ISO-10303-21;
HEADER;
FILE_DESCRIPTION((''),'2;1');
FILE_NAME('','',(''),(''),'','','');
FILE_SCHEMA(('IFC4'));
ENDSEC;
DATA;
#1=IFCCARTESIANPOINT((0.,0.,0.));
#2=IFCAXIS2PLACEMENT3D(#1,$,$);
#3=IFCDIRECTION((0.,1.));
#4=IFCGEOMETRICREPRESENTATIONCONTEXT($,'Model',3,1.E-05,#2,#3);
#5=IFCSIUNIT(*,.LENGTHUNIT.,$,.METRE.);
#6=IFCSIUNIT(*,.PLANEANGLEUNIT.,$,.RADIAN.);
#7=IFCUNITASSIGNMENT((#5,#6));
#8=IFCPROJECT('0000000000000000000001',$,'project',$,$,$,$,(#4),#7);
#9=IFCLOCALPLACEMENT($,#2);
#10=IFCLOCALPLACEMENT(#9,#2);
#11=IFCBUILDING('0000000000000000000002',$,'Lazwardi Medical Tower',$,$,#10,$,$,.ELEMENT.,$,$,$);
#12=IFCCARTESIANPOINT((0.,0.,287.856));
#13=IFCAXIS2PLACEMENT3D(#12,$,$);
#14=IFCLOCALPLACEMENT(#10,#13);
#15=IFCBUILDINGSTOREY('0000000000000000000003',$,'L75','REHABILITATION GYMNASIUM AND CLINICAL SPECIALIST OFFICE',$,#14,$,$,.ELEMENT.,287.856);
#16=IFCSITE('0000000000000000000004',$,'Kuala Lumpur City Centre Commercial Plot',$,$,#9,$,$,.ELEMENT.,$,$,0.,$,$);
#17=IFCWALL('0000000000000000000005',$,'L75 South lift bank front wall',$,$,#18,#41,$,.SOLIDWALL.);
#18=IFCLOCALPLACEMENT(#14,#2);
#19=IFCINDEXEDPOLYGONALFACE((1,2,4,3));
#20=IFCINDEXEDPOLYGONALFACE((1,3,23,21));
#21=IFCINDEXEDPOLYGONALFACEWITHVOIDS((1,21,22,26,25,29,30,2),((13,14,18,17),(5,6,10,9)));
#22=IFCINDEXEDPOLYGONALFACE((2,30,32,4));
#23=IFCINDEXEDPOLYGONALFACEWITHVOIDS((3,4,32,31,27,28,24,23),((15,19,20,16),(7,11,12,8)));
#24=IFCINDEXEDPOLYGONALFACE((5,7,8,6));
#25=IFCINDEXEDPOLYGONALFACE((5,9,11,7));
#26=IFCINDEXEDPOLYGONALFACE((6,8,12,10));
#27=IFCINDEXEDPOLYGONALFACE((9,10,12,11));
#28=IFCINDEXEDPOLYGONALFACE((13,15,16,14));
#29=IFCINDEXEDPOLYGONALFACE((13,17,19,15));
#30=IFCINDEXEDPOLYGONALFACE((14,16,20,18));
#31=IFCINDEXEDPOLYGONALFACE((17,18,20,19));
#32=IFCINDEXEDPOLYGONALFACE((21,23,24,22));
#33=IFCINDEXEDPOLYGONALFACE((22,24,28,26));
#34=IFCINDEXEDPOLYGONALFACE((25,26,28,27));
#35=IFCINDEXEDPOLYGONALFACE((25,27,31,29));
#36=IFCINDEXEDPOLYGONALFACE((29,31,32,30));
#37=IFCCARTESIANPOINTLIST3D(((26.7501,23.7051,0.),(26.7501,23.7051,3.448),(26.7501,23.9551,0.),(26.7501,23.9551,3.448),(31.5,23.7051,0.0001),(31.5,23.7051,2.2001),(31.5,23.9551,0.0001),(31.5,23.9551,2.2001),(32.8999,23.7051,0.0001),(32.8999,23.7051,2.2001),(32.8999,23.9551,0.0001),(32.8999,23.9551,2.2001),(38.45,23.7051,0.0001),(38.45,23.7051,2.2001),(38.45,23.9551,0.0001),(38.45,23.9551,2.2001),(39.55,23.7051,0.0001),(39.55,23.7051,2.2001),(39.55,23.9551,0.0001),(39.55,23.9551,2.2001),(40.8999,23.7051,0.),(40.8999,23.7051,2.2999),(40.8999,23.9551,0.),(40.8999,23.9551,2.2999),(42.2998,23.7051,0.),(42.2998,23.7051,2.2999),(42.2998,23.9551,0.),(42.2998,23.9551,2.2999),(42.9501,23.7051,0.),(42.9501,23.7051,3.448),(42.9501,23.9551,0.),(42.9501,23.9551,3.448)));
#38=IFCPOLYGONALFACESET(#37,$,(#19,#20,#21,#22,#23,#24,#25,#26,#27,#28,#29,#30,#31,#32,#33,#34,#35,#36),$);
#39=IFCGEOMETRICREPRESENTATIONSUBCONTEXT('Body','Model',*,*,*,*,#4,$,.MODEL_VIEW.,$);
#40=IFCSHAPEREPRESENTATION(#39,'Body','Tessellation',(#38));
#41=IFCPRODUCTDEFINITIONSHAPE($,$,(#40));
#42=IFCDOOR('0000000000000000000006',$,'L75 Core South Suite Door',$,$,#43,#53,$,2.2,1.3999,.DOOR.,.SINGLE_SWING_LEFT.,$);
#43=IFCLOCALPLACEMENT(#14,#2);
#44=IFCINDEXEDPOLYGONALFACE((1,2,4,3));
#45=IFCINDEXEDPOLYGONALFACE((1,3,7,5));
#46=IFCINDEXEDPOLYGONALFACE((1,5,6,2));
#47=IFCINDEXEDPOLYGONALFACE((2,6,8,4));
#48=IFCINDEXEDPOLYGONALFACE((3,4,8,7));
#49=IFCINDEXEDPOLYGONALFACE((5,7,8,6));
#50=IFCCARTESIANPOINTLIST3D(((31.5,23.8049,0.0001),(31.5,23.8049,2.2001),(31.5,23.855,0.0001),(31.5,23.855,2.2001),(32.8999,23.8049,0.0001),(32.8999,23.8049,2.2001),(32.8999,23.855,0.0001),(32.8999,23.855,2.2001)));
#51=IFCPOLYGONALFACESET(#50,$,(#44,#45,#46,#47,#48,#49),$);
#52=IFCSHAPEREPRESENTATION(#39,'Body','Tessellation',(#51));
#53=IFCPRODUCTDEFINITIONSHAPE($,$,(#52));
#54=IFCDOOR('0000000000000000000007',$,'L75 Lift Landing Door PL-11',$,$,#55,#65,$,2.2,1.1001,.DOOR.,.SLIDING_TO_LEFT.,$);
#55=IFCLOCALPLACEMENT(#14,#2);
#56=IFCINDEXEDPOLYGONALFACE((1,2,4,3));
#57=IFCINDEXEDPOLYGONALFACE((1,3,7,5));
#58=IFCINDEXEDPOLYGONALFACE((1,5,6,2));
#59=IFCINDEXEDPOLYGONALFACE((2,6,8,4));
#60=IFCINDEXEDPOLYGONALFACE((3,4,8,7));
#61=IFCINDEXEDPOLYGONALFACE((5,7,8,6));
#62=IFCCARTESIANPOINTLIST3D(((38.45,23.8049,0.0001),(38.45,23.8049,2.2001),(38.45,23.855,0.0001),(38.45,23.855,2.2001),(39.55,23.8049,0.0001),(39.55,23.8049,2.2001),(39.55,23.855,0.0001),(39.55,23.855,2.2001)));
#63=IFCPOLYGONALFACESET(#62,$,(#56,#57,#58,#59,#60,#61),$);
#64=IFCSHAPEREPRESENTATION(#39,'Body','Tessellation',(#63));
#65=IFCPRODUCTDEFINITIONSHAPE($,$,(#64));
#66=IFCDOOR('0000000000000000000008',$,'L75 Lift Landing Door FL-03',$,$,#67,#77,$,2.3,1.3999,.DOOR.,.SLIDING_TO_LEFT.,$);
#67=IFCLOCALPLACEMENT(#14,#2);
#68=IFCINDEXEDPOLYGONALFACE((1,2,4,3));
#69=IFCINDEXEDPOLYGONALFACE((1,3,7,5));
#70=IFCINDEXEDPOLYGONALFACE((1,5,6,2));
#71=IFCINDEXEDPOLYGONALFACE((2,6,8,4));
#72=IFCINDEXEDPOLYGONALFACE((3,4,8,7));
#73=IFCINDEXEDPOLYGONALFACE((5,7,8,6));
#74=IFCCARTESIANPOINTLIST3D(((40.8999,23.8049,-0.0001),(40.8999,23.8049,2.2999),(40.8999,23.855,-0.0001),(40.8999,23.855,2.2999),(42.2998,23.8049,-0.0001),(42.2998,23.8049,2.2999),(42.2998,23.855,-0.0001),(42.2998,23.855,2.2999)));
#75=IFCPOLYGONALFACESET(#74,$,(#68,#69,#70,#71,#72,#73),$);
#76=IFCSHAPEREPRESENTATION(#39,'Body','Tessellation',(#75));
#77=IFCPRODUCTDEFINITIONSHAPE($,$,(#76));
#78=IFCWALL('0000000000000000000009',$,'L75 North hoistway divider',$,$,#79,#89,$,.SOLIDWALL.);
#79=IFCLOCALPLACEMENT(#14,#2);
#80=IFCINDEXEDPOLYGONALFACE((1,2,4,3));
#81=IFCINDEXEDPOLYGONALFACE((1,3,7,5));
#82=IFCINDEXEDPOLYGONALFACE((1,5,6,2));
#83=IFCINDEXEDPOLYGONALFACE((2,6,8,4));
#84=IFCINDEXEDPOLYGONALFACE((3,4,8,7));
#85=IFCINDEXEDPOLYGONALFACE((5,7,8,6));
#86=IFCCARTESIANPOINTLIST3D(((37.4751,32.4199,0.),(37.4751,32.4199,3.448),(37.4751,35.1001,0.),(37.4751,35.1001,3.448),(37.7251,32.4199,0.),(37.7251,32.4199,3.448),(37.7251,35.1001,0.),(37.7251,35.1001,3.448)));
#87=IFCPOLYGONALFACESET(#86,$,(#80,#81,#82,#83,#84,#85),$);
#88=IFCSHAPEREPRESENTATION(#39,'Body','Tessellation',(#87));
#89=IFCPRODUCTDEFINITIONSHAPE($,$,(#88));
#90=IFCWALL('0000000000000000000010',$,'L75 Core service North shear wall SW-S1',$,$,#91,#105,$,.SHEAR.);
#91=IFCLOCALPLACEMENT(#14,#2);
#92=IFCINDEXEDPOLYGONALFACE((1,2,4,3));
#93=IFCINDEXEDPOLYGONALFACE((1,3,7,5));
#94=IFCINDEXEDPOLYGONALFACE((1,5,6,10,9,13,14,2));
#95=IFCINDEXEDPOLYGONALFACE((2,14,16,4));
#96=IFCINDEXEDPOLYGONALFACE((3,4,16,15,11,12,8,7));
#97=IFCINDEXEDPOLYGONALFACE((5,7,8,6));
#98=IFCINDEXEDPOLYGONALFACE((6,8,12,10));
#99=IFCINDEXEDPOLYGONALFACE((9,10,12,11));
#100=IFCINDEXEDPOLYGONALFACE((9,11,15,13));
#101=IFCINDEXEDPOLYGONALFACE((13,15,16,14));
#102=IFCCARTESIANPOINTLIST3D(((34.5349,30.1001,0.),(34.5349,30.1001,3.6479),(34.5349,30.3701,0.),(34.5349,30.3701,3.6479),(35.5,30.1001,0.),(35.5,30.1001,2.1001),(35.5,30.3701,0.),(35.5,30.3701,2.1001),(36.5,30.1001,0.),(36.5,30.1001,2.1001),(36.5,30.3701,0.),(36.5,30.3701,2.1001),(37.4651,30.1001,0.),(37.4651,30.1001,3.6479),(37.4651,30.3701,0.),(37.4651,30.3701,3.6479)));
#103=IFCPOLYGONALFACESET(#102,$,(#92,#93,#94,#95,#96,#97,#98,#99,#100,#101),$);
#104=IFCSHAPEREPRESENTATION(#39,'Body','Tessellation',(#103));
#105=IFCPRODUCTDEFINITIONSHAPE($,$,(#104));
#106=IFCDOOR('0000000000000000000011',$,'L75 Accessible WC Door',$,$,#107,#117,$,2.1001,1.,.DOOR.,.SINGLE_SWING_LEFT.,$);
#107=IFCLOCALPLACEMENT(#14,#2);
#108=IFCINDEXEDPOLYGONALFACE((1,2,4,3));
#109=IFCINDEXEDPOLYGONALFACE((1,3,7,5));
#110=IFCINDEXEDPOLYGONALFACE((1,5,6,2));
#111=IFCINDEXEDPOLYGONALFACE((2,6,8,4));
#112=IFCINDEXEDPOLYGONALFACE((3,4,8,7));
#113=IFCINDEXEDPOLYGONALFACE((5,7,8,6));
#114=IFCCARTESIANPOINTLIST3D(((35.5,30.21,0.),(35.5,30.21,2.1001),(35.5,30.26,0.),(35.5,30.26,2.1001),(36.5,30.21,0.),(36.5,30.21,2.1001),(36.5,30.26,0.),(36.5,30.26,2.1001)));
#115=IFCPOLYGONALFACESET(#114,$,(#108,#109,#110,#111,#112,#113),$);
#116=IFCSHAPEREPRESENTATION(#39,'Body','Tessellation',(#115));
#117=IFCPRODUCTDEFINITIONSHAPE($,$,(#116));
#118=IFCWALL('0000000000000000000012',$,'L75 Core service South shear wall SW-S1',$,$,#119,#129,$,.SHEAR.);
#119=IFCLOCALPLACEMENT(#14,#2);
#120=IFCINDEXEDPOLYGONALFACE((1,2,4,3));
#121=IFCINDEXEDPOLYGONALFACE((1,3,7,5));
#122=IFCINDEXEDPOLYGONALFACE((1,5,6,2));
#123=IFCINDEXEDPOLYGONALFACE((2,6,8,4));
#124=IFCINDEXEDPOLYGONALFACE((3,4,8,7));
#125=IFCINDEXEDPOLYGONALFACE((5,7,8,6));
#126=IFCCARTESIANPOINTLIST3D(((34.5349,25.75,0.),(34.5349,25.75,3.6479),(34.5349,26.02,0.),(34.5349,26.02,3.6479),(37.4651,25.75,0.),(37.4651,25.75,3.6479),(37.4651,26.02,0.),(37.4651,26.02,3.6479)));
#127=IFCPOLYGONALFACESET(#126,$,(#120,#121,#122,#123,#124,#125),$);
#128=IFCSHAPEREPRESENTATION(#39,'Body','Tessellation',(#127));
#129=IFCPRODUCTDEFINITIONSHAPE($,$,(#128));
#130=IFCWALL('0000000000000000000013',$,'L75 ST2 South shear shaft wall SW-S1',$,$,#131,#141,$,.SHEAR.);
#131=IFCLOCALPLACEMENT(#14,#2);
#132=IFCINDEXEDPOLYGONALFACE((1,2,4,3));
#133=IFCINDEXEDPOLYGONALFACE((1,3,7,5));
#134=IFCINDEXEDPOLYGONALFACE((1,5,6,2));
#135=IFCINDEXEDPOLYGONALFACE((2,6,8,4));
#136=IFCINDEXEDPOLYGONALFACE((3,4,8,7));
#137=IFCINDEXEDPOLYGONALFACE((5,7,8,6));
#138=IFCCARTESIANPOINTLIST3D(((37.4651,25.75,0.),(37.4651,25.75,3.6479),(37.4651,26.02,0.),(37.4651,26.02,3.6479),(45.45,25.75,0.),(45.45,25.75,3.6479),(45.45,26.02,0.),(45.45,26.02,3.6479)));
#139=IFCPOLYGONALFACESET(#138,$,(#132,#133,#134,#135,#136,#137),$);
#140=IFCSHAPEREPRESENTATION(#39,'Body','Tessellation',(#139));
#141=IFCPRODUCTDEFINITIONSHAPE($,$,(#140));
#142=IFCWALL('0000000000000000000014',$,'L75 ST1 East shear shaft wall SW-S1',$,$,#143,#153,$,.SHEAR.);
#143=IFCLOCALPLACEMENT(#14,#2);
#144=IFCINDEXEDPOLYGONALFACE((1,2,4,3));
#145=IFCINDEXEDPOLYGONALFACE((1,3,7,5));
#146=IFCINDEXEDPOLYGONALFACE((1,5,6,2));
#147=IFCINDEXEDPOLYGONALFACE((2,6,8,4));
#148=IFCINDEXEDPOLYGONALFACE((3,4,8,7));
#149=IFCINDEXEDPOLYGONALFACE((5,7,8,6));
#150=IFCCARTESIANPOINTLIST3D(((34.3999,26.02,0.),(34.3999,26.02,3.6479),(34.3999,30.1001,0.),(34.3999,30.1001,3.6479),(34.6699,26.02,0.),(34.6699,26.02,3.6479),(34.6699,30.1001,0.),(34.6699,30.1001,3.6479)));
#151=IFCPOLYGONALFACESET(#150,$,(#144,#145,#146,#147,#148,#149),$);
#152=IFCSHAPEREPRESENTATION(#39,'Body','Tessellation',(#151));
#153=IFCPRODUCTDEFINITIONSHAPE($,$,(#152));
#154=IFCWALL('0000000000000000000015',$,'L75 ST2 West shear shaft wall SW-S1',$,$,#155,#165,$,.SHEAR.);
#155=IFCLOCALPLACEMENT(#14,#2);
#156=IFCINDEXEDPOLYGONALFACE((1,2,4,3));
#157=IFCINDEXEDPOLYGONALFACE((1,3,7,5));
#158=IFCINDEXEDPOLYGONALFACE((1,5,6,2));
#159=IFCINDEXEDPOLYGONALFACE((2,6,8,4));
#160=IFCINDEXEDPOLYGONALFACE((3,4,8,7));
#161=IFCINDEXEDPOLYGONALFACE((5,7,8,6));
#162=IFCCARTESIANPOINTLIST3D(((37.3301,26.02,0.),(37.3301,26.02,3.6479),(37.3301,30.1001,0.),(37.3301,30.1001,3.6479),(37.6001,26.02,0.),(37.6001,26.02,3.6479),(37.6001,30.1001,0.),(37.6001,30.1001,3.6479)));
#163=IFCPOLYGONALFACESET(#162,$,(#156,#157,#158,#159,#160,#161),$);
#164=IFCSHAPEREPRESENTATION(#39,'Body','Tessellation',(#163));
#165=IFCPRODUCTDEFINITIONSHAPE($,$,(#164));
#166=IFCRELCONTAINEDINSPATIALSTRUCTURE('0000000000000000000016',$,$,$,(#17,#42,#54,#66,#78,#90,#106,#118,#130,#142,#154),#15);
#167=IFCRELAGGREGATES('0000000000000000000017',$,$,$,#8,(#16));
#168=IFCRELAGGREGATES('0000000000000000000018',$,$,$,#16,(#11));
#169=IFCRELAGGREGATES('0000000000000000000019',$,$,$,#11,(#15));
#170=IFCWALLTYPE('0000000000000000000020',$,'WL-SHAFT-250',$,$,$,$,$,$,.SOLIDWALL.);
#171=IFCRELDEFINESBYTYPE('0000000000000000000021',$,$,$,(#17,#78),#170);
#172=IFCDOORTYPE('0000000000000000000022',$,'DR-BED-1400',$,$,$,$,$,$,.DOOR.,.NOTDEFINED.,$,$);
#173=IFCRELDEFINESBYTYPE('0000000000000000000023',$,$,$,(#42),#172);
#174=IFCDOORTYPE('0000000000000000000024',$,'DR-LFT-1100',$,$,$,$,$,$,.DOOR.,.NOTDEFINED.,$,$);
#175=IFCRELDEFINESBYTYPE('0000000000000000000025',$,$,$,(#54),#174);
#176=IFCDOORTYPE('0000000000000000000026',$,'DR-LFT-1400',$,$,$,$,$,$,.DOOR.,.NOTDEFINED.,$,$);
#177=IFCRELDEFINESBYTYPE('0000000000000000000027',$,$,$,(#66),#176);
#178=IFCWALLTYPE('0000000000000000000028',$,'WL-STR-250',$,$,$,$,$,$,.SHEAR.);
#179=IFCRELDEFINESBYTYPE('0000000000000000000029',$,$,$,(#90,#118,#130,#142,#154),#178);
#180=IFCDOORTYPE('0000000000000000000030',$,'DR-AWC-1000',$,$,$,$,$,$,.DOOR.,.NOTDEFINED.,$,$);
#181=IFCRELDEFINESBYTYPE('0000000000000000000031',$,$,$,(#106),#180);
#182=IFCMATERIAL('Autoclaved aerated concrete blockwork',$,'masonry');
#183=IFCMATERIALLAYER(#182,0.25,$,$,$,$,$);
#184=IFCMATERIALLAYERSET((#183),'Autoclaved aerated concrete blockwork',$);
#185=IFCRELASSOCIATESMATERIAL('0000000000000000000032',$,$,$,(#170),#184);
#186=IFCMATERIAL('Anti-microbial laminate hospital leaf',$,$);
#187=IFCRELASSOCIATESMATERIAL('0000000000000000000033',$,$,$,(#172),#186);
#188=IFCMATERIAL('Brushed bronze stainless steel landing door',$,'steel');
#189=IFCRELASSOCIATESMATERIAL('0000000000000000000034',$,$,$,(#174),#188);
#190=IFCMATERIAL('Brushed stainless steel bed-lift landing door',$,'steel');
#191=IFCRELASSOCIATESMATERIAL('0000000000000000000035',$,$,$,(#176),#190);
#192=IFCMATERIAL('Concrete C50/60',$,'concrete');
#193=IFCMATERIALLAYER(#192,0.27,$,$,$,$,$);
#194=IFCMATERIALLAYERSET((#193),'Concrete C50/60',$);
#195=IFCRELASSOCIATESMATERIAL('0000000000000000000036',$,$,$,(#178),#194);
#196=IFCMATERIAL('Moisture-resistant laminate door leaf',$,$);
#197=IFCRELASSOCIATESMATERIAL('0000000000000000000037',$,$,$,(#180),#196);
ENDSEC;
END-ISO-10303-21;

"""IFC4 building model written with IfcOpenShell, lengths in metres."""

from ifc_helpers import new_model, si_unit, direction, frame, frame_2d, origin, place, context, subcontext, project, spatial, rectangle, extrude, material, layer, layer_set, type_object, element, fill, save


model = new_model("IFC4")

# Units and contexts
model_context = context("Model", 3, precision=1e-05, world=origin(), true_north=direction((0.0, 1.0)))
body_context = subcontext(model_context, "Body", "Model", "MODEL_VIEW")
ifc_project = project(units=[si_unit("LENGTHUNIT", "METRE"), si_unit("PLANEANGLEUNIT", "RADIAN")], contexts=[model_context])

# Site, building, storey
site_placement = place(None, origin())
site = spatial("IfcSite", under=ifc_project, at=site_placement, Name="Kuala Lumpur City Centre Commercial Plot", CompositionType="ELEMENT", RefElevation=0.0)
building_placement = place(site_placement, origin())
building = spatial("IfcBuilding", under=site, at=building_placement, Name="Lazwardi Medical Tower", CompositionType="ELEMENT")
storey_placement = place(building_placement, frame((0.0, 0.0, 287.856)))
storey = spatial("IfcBuildingStorey", under=building, at=storey_placement, Name="L75", Description="REHABILITATION GYMNASIUM AND CLINICAL SPECIALIST OFFICE", CompositionType="ELEMENT", Elevation=287.856)

# Wall, openings, doors
ifc_material_1 = material(Name="Autoclaved aerated concrete blockwork", Category="masonry")
ifc_layer_1 = layer(ifc_material_1, 0.25)
ifc_layer_set_1 = layer_set([ifc_layer_1], Name="Autoclaved aerated concrete blockwork")
wall_type_1 = type_object("IfcWallType", Name="WL-SHAFT-250", PredefinedType="SOLIDWALL", material=ifc_layer_set_1)
wall_1_placement = place(storey_placement, frame((26.75, 23.8301, 0.0), z_axis=(0.0, 0.0, 1.0), x_axis=(1.0, 0.0, 0.0)))
wall_1 = element("IfcWall", 1, at=wall_1_placement, inside=storey, type_object=wall_type_1, Name="L75 South lift bank front wall", PredefinedType="SOLIDWALL", context=body_context, shape_type="SweptSolid", body=[
    extrude(rectangle(XDim=16.2, YDim=0.25, at=frame_2d((8.1001, 0.0))), origin(), (0.0, 0.0, 1.0), 3.448),
])
opening_1_placement = place(wall_1_placement, frame((4.75, 0.0, 0.0)))
opening_1 = element("IfcOpeningElement", 2, at=opening_1_placement, cuts=wall_1, PredefinedType="OPENING", context=body_context, shape_type="SweptSolid", body=[
    extrude(rectangle(XDim=1.3999, YDim=2.2, at=frame_2d((0.7, 1.1001))), frame((0.0, 0.135, 0.0), z_axis=(0.0, -1.0, 0.0), x_axis=(1.0, 0.0, 0.0)), (0.0, 0.0, 1.0), 0.27),
])
opening_2_placement = place(wall_1_placement, frame((11.7, 0.0, 0.0)))
opening_2 = element("IfcOpeningElement", 3, at=opening_2_placement, cuts=wall_1, PredefinedType="OPENING", context=body_context, shape_type="SweptSolid", body=[
    extrude(rectangle(XDim=1.1001, YDim=2.2, at=frame_2d((0.55, 1.1001))), frame((0.0, 0.135, 0.0), z_axis=(0.0, -1.0, 0.0), x_axis=(1.0, 0.0, 0.0)), (0.0, 0.0, 1.0), 0.27),
])
opening_3_placement = place(wall_1_placement, frame((14.1499, 0.0, 0.0)))
opening_3 = element("IfcOpeningElement", 4, at=opening_3_placement, cuts=wall_1, PredefinedType="OPENING", context=body_context, shape_type="SweptSolid", body=[
    extrude(rectangle(XDim=1.3999, YDim=2.3, at=frame_2d((0.7, 1.1499))), frame((0.0, 0.135, 0.0), z_axis=(0.0, -1.0, 0.0), x_axis=(1.0, 0.0, 0.0)), (0.0, 0.0, 1.0), 0.27),
])
ifc_material_2 = material(Name="Anti-microbial laminate hospital leaf")
door_type_1 = type_object("IfcDoorType", Name="DR-BED-1400", OperationType="NOTDEFINED", PredefinedType="DOOR", material=ifc_material_2)
door_1_placement = place(opening_1_placement, origin())
door_1 = element("IfcDoor", 5, at=door_1_placement, inside=storey, type_object=door_type_1, Name="L75 Core South Suite Door", OperationType="SINGLE_SWING_LEFT", OverallHeight=2.2, OverallWidth=1.3999, PredefinedType="DOOR", context=body_context, shape_type="SweptSolid", body=[
    extrude(rectangle(XDim=1.3999, YDim=2.2, at=frame_2d((0.7, 1.1001))), frame((0.0, 0.0249, 0.0), z_axis=(0.0, -1.0, 0.0), x_axis=(1.0, 0.0, 0.0)), (0.0, 0.0, 1.0), 0.05),
])
fill(opening_1, door_1)
ifc_material_3 = material(Name="Brushed bronze stainless steel landing door", Category="steel")
door_type_2 = type_object("IfcDoorType", Name="DR-LFT-1100", OperationType="NOTDEFINED", PredefinedType="DOOR", material=ifc_material_3)
door_2_placement = place(opening_2_placement, origin())
door_2 = element("IfcDoor", 6, at=door_2_placement, inside=storey, type_object=door_type_2, Name="L75 Lift Landing Door PL-11", OperationType="SLIDING_TO_LEFT", OverallHeight=2.2, OverallWidth=1.1001, PredefinedType="DOOR", context=body_context, shape_type="SweptSolid", body=[
    extrude(rectangle(XDim=1.1001, YDim=2.2, at=frame_2d((0.55, 1.1001))), frame((0.0, 0.0249, 0.0), z_axis=(0.0, -1.0, 0.0), x_axis=(1.0, 0.0, 0.0)), (0.0, 0.0, 1.0), 0.05),
])
fill(opening_2, door_2)
ifc_material_4 = material(Name="Brushed stainless steel bed-lift landing door", Category="steel")
door_type_3 = type_object("IfcDoorType", Name="DR-LFT-1400", OperationType="NOTDEFINED", PredefinedType="DOOR", material=ifc_material_4)
door_3_placement = place(opening_3_placement, origin())
door_3 = element("IfcDoor", 7, at=door_3_placement, inside=storey, type_object=door_type_3, Name="L75 Lift Landing Door FL-03", OperationType="SLIDING_TO_LEFT", OverallHeight=2.3, OverallWidth=1.3999, PredefinedType="DOOR", context=body_context, shape_type="SweptSolid", body=[
    extrude(rectangle(XDim=1.3999, YDim=2.3, at=frame_2d((0.7, 1.1499))), frame((0.0, 0.0249, 0.0), z_axis=(0.0, -1.0, 0.0), x_axis=(1.0, 0.0, 0.0)), (0.0, 0.0, 1.0), 0.05),
])
fill(opening_3, door_3)

# Wall
wall_2_placement = place(storey_placement, frame((37.6001, 32.4199, 0.0), z_axis=(0.0, 0.0, 1.0), x_axis=(0.0, 1.0, 0.0)))
element("IfcWall", 8, at=wall_2_placement, inside=storey, type_object=wall_type_1, Name="L75 North hoistway divider", PredefinedType="SOLIDWALL", context=body_context, shape_type="SweptSolid", body=[
    extrude(rectangle(XDim=2.6802, YDim=0.25, at=frame_2d((1.3401, 0.0))), origin(), (0.0, 0.0, 1.0), 3.448),
])

# Wall, opening, door
ifc_material_5 = material(Name="Concrete C50/60", Category="concrete")
ifc_layer_2 = layer(ifc_material_5, 0.27)
ifc_layer_set_2 = layer_set([ifc_layer_2], Name="Concrete C50/60")
wall_type_2 = type_object("IfcWallType", Name="WL-STR-250", PredefinedType="SHEAR", material=ifc_layer_set_2)
wall_3_placement = place(storey_placement, frame((34.5349, 30.2351, 0.0), z_axis=(0.0, 0.0, 1.0), x_axis=(1.0, 0.0, 0.0)))
wall_3 = element("IfcWall", 9, at=wall_3_placement, inside=storey, type_object=wall_type_2, Name="L75 Core service North shear wall SW-S1", PredefinedType="SHEAR", context=body_context, shape_type="SweptSolid", body=[
    extrude(rectangle(XDim=2.9302, YDim=0.27, at=frame_2d((1.4651, 0.0))), origin(), (0.0, 0.0, 1.0), 3.6479),
])
opening_4_placement = place(wall_3_placement, frame((0.9651, 0.0, 0.0)))
opening_4 = element("IfcOpeningElement", 10, at=opening_4_placement, cuts=wall_3, PredefinedType="OPENING", context=body_context, shape_type="SweptSolid", body=[
    extrude(rectangle(XDim=1.0, YDim=2.1001, at=frame_2d((0.5, 1.05))), frame((0.0, 0.145, 0.0), z_axis=(0.0, -1.0, 0.0), x_axis=(1.0, 0.0, 0.0)), (0.0, 0.0, 1.0), 0.29),
])
ifc_material_6 = material(Name="Moisture-resistant laminate door leaf")
door_type_4 = type_object("IfcDoorType", Name="DR-AWC-1000", OperationType="NOTDEFINED", PredefinedType="DOOR", material=ifc_material_6)
door_4_placement = place(opening_4_placement, origin())
door_4 = element("IfcDoor", 11, at=door_4_placement, inside=storey, type_object=door_type_4, Name="L75 Accessible WC Door", OperationType="SINGLE_SWING_LEFT", OverallHeight=2.1001, OverallWidth=1.0, PredefinedType="DOOR", context=body_context, shape_type="SweptSolid", body=[
    extrude(rectangle(XDim=1.0, YDim=2.1001, at=frame_2d((0.5, 1.05))), frame((0.0, 0.0249, 0.0), z_axis=(0.0, -1.0, 0.0), x_axis=(1.0, 0.0, 0.0)), (0.0, 0.0, 1.0), 0.05),
])
fill(opening_4, door_4)

# Walls
wall_4_placement = place(storey_placement, frame((34.5349, 25.885, 0.0), z_axis=(0.0, 0.0, 1.0), x_axis=(1.0, 0.0, 0.0)))
element("IfcWall", 12, at=wall_4_placement, inside=storey, type_object=wall_type_2, Name="L75 Core service South shear wall SW-S1", PredefinedType="SHEAR", context=body_context, shape_type="SweptSolid", body=[
    extrude(rectangle(XDim=2.9302, YDim=0.27, at=frame_2d((1.4651, 0.0))), origin(), (0.0, 0.0, 1.0), 3.6479),
])
wall_5_placement = place(storey_placement, frame((37.4651, 25.885, 0.0), z_axis=(0.0, 0.0, 1.0), x_axis=(1.0, 0.0, 0.0)))
element("IfcWall", 13, at=wall_5_placement, inside=storey, type_object=wall_type_2, Name="L75 ST2 South shear shaft wall SW-S1", PredefinedType="SHEAR", context=body_context, shape_type="SweptSolid", body=[
    extrude(rectangle(XDim=7.9849, YDim=0.27, at=frame_2d((3.9924, 0.0))), origin(), (0.0, 0.0, 1.0), 3.6479),
])
for number, where, z_axis, x_axis, name in (
    (14, (34.5349, 26.02, 0.0), (0.0, 0.0, 1.0), (0.0, 1.0, 0.0), "L75 ST1 East shear shaft wall SW-S1"),
    (15, (37.4651, 26.02, 0.0), (0.0, 0.0, 1.0), (0.0, 1.0, 0.0), "L75 ST2 West shear shaft wall SW-S1"),
):
    element("IfcWall", number, at=place(storey_placement, frame(where, z_axis=z_axis, x_axis=x_axis)), inside=storey, type_object=wall_type_2, Name=name, PredefinedType="SHEAR", context=body_context, shape_type="SweptSolid", body=[
        extrude(rectangle(XDim=4.0801, YDim=0.27, at=frame_2d((2.04, 0.0))), origin(), (0.0, 0.0, 1.0), 3.6479),
    ])

save(model, "model.ifc")
